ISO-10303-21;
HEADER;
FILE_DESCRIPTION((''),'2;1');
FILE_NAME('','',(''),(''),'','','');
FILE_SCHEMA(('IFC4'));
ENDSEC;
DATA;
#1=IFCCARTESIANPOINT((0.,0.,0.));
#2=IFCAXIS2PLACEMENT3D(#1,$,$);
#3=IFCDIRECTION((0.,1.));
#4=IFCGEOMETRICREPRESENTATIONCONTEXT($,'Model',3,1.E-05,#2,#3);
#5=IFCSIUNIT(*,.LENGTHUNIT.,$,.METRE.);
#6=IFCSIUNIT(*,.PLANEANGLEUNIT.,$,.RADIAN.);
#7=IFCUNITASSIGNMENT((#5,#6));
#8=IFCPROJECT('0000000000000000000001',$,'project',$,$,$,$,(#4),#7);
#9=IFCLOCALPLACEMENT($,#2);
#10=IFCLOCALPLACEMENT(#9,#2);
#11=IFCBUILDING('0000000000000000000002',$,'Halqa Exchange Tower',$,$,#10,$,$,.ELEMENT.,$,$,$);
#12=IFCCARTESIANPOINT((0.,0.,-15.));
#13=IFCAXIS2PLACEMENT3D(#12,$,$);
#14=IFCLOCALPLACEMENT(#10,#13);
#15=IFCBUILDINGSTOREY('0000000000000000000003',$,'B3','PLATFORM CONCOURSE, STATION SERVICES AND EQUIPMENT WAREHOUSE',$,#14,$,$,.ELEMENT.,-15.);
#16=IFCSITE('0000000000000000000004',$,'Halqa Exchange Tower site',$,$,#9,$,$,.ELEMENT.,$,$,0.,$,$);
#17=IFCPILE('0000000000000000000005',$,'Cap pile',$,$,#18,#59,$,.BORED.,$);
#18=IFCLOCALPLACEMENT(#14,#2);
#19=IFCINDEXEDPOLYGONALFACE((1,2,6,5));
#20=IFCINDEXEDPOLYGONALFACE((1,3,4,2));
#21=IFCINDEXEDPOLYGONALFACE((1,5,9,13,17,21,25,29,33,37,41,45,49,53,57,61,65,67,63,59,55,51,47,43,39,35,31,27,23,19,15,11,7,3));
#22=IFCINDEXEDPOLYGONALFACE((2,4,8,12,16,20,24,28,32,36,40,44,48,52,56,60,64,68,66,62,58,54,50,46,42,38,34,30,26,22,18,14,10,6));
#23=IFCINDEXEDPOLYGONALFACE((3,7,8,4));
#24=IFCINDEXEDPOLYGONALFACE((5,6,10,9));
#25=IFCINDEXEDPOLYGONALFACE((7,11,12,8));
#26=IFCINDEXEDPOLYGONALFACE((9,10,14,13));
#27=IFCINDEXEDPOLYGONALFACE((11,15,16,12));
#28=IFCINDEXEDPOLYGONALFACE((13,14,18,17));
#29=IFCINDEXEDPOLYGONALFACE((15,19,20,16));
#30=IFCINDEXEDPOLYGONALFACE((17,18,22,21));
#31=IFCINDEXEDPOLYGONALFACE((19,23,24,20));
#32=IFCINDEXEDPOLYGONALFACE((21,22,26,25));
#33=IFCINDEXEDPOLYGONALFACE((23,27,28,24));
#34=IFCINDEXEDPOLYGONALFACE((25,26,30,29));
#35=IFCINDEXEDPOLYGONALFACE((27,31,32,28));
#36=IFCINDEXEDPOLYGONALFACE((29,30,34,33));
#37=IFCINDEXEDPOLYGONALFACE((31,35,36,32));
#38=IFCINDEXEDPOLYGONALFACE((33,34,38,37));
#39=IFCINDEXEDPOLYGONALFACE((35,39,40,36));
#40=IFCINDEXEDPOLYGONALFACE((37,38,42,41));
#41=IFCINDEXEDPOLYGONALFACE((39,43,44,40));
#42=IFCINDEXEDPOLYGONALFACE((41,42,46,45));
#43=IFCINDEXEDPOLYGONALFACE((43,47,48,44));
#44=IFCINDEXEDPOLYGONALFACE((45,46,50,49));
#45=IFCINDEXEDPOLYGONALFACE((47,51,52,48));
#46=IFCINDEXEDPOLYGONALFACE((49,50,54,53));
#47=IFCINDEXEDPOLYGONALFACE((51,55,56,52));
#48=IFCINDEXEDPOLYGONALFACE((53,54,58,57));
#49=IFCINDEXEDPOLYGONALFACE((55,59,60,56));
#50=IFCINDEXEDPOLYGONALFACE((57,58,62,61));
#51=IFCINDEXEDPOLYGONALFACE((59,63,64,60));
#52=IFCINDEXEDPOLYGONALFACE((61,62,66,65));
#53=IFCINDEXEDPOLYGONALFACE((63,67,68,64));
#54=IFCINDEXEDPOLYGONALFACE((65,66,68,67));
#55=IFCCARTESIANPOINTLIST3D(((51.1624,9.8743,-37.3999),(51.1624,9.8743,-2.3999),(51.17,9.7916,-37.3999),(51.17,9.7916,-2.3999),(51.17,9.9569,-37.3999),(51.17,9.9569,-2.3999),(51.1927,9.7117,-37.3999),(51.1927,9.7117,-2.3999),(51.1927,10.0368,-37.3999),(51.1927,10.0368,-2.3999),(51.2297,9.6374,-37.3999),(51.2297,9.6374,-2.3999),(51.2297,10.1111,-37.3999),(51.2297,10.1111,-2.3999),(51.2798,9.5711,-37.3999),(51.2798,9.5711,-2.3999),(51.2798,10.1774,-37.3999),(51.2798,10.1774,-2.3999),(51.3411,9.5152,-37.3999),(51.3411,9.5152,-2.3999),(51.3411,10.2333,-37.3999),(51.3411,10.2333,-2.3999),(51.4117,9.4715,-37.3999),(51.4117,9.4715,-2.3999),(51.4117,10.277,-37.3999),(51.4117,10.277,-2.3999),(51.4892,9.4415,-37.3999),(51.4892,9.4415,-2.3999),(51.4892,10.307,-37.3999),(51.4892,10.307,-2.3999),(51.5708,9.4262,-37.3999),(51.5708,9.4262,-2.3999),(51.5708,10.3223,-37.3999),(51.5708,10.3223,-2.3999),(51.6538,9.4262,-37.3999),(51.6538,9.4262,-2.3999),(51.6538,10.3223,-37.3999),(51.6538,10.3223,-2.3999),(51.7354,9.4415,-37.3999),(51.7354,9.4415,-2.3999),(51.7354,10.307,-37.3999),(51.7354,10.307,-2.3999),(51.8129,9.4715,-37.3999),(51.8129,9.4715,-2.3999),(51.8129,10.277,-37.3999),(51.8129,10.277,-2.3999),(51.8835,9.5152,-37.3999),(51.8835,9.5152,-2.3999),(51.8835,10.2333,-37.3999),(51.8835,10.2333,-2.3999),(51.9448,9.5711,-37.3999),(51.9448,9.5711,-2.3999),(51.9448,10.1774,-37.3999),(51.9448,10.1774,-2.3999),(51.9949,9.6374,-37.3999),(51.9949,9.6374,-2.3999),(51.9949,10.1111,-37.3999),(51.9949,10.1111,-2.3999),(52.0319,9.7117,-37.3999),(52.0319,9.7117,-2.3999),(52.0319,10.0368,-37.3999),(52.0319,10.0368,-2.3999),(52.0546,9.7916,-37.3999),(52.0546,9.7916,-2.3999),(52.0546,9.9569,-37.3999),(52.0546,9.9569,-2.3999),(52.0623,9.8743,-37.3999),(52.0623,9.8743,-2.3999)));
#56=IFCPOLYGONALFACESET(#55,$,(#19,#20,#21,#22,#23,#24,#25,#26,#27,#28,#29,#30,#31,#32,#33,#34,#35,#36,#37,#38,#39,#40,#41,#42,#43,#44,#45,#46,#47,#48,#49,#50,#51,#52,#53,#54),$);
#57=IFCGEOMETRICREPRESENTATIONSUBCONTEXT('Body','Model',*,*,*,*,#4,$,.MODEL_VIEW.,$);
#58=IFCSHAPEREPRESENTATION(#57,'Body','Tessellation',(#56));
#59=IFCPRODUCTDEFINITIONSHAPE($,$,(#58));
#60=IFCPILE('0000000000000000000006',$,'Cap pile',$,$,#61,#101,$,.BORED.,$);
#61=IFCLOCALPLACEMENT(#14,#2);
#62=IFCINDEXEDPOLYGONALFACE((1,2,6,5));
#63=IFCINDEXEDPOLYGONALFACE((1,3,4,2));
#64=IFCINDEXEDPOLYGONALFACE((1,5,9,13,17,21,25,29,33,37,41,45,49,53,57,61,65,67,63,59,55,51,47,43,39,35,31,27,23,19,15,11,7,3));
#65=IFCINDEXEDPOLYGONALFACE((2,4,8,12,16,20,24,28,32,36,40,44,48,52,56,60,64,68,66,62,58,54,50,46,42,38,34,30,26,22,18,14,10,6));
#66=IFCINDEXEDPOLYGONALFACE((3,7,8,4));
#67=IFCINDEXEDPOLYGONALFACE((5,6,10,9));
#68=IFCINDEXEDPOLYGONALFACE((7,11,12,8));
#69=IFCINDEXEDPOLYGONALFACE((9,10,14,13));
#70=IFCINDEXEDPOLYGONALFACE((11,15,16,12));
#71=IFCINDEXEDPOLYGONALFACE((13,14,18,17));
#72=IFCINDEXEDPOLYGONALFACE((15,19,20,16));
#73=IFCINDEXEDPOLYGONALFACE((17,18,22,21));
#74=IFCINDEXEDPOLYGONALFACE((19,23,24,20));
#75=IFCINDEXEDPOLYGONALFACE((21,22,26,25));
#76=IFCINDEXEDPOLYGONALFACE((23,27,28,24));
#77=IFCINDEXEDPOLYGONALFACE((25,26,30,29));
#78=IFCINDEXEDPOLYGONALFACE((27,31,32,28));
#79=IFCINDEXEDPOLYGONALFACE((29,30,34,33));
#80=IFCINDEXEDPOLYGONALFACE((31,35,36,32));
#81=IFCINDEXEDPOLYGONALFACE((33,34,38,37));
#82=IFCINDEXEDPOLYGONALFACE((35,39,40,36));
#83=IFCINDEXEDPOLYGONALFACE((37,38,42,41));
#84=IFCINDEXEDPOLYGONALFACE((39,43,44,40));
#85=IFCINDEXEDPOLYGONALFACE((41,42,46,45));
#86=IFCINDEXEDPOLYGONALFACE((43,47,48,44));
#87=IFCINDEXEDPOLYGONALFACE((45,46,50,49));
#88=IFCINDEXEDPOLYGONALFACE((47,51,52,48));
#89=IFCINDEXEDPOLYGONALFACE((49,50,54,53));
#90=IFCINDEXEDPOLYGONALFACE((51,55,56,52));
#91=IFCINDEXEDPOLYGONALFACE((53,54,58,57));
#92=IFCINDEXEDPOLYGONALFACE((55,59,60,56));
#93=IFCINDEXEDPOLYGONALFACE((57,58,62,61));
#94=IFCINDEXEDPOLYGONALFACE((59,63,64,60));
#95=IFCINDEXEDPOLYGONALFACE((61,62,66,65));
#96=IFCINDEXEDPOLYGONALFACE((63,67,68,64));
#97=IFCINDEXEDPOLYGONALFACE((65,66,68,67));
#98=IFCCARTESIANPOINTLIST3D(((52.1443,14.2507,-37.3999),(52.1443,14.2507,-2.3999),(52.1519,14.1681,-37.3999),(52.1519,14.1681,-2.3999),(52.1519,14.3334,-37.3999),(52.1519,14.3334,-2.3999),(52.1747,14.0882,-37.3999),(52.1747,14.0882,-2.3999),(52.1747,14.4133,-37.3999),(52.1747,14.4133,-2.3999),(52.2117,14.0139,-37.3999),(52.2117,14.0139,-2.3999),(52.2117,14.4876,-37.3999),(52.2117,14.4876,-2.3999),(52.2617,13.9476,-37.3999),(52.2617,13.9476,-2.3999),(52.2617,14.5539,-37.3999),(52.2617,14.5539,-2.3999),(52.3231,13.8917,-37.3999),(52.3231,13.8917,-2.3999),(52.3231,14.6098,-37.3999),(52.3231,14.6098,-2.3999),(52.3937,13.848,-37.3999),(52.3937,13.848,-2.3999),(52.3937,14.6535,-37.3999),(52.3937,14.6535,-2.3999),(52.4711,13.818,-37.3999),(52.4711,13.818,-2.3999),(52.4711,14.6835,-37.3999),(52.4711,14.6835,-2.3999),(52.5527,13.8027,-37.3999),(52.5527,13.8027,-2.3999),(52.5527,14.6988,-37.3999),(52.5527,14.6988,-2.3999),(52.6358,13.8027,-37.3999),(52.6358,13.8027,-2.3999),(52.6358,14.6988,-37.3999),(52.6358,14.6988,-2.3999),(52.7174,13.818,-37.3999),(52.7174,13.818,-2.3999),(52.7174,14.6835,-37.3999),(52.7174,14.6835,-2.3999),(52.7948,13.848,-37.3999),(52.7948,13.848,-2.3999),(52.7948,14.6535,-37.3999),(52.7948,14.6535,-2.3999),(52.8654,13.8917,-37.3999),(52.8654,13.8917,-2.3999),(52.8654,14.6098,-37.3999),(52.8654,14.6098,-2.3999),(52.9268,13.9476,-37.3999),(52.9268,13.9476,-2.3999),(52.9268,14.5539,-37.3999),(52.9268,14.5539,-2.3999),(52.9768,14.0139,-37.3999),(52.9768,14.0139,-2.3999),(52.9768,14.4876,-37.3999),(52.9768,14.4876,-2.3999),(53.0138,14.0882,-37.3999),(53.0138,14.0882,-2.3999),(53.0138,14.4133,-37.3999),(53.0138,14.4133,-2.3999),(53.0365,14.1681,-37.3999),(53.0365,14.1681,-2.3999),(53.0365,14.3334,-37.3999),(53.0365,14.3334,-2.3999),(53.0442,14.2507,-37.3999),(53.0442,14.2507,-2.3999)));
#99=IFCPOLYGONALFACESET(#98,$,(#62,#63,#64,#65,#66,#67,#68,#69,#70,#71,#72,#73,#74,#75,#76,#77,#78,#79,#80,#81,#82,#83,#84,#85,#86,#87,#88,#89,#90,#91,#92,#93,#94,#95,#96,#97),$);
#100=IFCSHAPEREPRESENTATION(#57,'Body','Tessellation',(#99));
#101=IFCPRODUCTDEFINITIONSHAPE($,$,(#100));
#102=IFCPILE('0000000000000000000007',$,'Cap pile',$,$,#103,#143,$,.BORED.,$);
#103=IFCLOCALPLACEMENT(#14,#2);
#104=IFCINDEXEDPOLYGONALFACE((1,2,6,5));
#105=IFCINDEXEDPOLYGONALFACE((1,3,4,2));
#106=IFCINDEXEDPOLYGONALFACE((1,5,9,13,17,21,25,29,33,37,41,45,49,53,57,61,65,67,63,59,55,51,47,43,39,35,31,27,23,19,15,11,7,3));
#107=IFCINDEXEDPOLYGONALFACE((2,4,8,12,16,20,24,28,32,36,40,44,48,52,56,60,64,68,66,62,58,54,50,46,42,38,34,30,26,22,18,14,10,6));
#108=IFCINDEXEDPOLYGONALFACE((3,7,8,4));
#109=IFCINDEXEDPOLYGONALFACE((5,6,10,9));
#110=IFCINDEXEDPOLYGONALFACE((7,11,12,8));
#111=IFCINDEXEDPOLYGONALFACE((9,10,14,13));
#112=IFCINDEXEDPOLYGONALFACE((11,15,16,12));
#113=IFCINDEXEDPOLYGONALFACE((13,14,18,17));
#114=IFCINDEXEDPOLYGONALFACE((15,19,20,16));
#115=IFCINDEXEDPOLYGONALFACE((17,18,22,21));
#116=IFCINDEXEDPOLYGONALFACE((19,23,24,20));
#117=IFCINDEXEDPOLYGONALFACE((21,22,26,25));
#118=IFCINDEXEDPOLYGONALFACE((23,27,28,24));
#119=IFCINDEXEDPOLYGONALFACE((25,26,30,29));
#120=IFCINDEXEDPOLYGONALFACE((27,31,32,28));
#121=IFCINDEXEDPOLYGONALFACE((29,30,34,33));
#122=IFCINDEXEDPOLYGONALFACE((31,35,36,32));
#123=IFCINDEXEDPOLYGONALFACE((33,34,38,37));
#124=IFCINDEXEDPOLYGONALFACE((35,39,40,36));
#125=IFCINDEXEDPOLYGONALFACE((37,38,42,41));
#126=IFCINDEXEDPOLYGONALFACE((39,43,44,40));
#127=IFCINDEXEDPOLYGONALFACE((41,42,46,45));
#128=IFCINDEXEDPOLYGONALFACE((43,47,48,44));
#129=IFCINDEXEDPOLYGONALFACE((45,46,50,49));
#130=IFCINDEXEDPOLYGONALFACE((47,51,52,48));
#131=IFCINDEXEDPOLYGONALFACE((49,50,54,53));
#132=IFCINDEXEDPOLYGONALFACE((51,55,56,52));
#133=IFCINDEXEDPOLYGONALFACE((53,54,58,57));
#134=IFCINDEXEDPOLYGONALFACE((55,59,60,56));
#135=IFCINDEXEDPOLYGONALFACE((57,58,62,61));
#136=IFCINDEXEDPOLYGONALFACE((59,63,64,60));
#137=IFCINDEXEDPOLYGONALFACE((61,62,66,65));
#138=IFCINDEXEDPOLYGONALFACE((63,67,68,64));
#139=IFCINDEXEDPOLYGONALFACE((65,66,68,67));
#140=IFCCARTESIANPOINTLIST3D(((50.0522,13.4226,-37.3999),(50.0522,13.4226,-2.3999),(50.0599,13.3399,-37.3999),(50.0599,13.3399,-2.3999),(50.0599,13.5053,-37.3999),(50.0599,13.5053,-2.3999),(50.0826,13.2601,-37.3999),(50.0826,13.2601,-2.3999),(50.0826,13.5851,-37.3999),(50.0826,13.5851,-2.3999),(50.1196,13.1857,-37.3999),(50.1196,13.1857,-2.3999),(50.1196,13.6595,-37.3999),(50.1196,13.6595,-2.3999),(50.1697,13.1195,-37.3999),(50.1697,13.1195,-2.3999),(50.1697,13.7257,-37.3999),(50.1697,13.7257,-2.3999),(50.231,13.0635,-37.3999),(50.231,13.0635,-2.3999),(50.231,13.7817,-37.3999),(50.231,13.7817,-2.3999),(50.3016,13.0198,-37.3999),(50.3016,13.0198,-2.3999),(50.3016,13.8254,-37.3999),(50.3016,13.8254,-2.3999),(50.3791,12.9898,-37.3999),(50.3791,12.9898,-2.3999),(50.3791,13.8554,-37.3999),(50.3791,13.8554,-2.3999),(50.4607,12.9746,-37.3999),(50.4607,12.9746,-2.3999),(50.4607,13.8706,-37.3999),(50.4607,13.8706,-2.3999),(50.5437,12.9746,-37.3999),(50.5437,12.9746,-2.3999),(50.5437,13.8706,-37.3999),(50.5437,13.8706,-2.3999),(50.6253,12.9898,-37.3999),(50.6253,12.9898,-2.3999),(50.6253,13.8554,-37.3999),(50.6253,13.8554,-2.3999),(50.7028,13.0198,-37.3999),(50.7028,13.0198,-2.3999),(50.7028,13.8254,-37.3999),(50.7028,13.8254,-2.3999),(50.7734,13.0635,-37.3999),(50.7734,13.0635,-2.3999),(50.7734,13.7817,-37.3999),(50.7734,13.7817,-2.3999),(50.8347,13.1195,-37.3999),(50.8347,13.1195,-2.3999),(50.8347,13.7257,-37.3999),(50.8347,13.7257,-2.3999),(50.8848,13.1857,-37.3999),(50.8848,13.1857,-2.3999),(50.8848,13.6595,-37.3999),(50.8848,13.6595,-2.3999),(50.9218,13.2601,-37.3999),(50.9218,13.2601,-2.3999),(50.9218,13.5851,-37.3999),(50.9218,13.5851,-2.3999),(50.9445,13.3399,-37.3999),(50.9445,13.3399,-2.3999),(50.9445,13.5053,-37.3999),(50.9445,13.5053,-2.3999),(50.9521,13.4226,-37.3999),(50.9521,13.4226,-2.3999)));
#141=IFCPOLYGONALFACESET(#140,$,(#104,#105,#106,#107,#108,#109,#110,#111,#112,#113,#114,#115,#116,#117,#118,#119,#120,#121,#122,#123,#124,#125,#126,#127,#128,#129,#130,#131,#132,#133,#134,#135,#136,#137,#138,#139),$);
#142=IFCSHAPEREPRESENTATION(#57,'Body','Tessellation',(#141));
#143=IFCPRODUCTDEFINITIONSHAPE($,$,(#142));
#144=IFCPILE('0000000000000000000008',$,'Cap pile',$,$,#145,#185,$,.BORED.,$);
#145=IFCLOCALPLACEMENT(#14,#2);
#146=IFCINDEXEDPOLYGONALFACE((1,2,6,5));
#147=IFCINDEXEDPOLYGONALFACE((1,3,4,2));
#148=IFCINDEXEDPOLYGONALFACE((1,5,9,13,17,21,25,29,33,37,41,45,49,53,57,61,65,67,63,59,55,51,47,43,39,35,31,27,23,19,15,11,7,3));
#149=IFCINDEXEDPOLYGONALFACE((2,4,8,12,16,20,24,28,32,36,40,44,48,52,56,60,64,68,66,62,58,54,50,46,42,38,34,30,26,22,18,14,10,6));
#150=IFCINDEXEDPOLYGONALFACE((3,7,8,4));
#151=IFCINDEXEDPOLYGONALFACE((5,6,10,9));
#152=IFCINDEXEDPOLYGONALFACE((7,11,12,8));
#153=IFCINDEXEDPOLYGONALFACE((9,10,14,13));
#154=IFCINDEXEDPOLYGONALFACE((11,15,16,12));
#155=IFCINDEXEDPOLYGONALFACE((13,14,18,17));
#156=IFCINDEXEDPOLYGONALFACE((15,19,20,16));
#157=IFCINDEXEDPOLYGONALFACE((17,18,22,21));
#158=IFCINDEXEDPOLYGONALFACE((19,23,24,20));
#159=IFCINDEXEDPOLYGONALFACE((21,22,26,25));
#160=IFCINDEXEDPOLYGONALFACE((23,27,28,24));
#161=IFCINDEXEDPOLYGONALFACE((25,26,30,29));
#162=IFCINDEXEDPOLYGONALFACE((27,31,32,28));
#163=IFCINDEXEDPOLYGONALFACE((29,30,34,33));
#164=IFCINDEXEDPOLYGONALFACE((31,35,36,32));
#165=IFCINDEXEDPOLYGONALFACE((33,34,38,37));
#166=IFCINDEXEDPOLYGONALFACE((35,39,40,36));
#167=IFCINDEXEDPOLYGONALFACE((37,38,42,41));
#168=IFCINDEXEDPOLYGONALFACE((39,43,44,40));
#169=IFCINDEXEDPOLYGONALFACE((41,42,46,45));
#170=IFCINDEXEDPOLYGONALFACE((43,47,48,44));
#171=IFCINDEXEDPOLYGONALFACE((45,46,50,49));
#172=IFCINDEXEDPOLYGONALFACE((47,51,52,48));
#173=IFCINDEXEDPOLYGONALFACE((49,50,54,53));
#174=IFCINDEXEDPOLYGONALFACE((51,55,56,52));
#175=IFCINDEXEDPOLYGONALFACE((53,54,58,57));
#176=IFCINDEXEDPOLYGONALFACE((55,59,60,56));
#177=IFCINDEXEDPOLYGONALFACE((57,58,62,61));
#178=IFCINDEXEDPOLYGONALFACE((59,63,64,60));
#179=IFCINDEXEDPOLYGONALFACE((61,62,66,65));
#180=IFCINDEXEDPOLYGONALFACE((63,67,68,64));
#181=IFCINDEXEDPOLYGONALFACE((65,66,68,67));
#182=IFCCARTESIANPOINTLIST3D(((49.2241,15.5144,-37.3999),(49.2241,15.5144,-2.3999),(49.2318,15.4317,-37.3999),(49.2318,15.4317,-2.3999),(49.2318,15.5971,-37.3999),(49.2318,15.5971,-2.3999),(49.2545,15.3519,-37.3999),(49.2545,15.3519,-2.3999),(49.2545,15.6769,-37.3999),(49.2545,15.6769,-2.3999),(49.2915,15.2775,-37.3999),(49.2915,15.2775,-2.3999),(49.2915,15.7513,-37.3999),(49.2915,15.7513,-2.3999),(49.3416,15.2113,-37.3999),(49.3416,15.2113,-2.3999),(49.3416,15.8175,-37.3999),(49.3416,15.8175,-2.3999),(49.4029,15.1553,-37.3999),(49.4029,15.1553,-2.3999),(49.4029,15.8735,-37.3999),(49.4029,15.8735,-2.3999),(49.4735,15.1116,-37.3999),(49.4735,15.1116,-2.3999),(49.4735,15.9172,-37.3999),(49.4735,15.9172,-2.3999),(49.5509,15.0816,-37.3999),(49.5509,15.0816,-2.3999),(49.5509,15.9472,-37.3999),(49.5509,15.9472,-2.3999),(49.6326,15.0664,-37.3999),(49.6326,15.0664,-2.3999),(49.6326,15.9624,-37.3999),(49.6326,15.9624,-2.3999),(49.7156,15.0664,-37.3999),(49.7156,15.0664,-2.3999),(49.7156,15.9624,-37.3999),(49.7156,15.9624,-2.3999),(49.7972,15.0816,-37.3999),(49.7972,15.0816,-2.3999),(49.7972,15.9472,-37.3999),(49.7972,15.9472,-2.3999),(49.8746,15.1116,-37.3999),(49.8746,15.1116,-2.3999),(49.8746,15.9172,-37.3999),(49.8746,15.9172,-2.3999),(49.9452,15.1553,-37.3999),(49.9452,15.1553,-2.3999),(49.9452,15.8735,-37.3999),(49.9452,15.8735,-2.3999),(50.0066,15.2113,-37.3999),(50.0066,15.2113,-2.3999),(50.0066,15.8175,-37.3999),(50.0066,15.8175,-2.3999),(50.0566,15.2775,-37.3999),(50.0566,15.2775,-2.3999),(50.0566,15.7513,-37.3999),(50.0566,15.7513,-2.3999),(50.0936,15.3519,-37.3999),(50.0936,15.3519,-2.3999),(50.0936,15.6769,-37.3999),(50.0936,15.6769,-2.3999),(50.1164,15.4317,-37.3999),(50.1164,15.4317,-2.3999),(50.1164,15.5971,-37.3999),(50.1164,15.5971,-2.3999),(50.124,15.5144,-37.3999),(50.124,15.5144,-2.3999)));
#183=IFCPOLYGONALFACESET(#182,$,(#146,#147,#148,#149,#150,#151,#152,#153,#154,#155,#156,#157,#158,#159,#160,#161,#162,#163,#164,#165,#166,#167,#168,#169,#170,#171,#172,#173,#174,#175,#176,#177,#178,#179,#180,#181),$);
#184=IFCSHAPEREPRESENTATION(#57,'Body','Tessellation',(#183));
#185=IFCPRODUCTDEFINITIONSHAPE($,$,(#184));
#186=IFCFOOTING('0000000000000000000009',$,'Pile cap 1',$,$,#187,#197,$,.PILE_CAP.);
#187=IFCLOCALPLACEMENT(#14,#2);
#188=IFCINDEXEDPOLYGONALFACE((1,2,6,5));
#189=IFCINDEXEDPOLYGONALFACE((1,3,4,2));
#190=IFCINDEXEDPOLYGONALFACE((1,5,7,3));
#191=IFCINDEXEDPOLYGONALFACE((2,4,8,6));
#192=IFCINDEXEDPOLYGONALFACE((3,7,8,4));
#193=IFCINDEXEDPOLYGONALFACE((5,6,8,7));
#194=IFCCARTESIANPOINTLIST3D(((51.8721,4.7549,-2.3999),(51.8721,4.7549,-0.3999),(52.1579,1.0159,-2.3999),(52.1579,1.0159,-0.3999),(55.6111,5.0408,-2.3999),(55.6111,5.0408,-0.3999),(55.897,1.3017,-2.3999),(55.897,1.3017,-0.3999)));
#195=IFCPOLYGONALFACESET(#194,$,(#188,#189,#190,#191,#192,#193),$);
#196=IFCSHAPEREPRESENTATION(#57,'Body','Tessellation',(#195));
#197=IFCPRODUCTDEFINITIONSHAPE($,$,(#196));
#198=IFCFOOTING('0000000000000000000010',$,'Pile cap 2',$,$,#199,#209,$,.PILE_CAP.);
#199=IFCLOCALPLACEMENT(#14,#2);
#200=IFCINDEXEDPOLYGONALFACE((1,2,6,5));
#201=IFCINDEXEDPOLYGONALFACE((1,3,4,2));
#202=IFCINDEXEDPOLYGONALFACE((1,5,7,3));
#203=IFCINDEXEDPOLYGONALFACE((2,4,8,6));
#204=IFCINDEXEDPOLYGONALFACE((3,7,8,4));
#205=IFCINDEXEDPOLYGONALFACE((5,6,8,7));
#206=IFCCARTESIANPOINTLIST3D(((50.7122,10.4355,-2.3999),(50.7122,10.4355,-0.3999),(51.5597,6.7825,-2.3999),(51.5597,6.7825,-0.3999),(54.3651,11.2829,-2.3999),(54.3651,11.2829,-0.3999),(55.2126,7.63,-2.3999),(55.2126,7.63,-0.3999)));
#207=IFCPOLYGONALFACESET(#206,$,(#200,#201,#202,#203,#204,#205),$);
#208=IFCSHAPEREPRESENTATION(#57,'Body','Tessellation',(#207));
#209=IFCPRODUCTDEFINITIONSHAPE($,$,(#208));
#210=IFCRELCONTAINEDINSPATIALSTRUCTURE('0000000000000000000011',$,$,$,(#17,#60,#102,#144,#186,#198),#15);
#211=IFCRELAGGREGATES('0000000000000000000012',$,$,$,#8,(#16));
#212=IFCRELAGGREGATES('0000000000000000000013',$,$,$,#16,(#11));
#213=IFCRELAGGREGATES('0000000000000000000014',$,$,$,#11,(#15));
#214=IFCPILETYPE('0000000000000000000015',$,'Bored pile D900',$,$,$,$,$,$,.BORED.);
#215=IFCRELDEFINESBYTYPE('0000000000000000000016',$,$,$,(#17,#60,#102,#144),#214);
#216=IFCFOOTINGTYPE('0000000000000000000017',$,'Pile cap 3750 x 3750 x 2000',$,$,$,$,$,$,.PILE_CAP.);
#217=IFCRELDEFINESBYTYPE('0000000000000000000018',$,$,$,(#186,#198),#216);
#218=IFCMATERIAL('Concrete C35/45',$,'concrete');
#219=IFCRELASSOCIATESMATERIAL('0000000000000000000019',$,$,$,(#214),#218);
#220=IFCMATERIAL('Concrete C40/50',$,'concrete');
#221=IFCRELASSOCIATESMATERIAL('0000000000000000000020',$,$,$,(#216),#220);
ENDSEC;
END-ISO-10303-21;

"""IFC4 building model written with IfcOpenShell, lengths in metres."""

from ifc_helpers import new_model, si_unit, direction, frame, origin, origin_2d, place, context, subcontext, project, spatial, rectangle, circle, extrude, material, material_profile, profile_set, type_object, element, save


model = new_model("IFC4")

# Units and contexts
model_context = context("Model", 3, precision=1e-05, world=origin(), true_north=direction((0.0, 1.0)))
body_context = subcontext(model_context, "Body", "Model", "MODEL_VIEW")
ifc_project = project(units=[si_unit("LENGTHUNIT", "METRE"), si_unit("PLANEANGLEUNIT", "RADIAN")], contexts=[model_context])

# Site, building, storey
site_placement = place(None, origin())
site = spatial("IfcSite", under=ifc_project, at=site_placement, Name="Halqa Exchange Tower site", CompositionType="ELEMENT", RefElevation=0.0)
building_placement = place(site_placement, origin())
building = spatial("IfcBuilding", under=site, at=building_placement, Name="Halqa Exchange Tower", CompositionType="ELEMENT")
storey_placement = place(building_placement, frame((0.0, 0.0, -15.0)))
storey = spatial("IfcBuildingStorey", under=building, at=storey_placement, Name="B3", Description="PLATFORM CONCOURSE, STATION SERVICES AND EQUIPMENT WAREHOUSE", CompositionType="ELEMENT", Elevation=-15.0)

# Piles
ifc_material_1 = material(Name="Concrete C35/45", Category="concrete")
ifc_material_profile_1 = material_profile(ifc_material_1, circle(Radius=0.45, at=origin_2d()), Name="D900")
ifc_profile_set_1 = profile_set([ifc_material_profile_1], Name="Concrete C35/45")
pile_type_1 = type_object("IfcPileType", Name="Bored pile D900", PredefinedType="BORED", material=ifc_profile_set_1)
for number, where, z_axis, x_axis, name in (
    (1, (51.6123, 9.8743, -2.3999), (0.0, 0.0, -1.0), (1.0, 0.0, 0.0), "Cap pile"),
    (2, (52.5942, 14.2507, -2.3999), (0.0, 0.0, -1.0), (1.0, 0.0, 0.0), "Cap pile"),
    (3, (50.5022, 13.4226, -2.3999), (0.0, 0.0, -1.0), (1.0, 0.0, 0.0), "Cap pile"),
    (4, (49.6741, 15.5144, -2.3999), (0.0, 0.0, -1.0), (1.0, 0.0, 0.0), "Cap pile"),
):
    element("IfcPile", number, at=place(storey_placement, frame(where, z_axis=z_axis, x_axis=x_axis)), inside=storey, type_object=pile_type_1, Name=name, PredefinedType="BORED", context=body_context, shape_type="SweptSolid", body=[
        extrude(circle(Radius=0.45, at=origin_2d()), origin(), (0.0, 0.0, 1.0), 35.0),
    ])

# Footings
ifc_material_2 = material(Name="Concrete C40/50", Category="concrete")
footing_type = type_object("IfcFootingType", Name="Pile cap 3750 x 3750 x 2000", PredefinedType="PILE_CAP", material=ifc_material_2)
for number, where, z_axis, x_axis, name in (
    (5, (53.8845, 3.0283, -2.3999), (0.0, 0.0, 1.0), (-0.076223, 0.997091, 0.0), "Pile cap 1"),
    (6, (52.9624, 9.0327, -2.3999), (0.0, 0.0, 1.0), (-0.225997, 0.974128, 0.0), "Pile cap 2"),
):
    element("IfcFooting", number, at=place(storey_placement, frame(where, z_axis=z_axis, x_axis=x_axis)), inside=storey, type_object=footing_type, Name=name, PredefinedType="PILE_CAP", context=body_context, shape_type="SweptSolid", body=[
        extrude(rectangle(XDim=3.75, YDim=3.75, at=origin_2d()), origin(), (0.0, 0.0, 1.0), 2.0),
    ])

save(model, "model.ifc")
